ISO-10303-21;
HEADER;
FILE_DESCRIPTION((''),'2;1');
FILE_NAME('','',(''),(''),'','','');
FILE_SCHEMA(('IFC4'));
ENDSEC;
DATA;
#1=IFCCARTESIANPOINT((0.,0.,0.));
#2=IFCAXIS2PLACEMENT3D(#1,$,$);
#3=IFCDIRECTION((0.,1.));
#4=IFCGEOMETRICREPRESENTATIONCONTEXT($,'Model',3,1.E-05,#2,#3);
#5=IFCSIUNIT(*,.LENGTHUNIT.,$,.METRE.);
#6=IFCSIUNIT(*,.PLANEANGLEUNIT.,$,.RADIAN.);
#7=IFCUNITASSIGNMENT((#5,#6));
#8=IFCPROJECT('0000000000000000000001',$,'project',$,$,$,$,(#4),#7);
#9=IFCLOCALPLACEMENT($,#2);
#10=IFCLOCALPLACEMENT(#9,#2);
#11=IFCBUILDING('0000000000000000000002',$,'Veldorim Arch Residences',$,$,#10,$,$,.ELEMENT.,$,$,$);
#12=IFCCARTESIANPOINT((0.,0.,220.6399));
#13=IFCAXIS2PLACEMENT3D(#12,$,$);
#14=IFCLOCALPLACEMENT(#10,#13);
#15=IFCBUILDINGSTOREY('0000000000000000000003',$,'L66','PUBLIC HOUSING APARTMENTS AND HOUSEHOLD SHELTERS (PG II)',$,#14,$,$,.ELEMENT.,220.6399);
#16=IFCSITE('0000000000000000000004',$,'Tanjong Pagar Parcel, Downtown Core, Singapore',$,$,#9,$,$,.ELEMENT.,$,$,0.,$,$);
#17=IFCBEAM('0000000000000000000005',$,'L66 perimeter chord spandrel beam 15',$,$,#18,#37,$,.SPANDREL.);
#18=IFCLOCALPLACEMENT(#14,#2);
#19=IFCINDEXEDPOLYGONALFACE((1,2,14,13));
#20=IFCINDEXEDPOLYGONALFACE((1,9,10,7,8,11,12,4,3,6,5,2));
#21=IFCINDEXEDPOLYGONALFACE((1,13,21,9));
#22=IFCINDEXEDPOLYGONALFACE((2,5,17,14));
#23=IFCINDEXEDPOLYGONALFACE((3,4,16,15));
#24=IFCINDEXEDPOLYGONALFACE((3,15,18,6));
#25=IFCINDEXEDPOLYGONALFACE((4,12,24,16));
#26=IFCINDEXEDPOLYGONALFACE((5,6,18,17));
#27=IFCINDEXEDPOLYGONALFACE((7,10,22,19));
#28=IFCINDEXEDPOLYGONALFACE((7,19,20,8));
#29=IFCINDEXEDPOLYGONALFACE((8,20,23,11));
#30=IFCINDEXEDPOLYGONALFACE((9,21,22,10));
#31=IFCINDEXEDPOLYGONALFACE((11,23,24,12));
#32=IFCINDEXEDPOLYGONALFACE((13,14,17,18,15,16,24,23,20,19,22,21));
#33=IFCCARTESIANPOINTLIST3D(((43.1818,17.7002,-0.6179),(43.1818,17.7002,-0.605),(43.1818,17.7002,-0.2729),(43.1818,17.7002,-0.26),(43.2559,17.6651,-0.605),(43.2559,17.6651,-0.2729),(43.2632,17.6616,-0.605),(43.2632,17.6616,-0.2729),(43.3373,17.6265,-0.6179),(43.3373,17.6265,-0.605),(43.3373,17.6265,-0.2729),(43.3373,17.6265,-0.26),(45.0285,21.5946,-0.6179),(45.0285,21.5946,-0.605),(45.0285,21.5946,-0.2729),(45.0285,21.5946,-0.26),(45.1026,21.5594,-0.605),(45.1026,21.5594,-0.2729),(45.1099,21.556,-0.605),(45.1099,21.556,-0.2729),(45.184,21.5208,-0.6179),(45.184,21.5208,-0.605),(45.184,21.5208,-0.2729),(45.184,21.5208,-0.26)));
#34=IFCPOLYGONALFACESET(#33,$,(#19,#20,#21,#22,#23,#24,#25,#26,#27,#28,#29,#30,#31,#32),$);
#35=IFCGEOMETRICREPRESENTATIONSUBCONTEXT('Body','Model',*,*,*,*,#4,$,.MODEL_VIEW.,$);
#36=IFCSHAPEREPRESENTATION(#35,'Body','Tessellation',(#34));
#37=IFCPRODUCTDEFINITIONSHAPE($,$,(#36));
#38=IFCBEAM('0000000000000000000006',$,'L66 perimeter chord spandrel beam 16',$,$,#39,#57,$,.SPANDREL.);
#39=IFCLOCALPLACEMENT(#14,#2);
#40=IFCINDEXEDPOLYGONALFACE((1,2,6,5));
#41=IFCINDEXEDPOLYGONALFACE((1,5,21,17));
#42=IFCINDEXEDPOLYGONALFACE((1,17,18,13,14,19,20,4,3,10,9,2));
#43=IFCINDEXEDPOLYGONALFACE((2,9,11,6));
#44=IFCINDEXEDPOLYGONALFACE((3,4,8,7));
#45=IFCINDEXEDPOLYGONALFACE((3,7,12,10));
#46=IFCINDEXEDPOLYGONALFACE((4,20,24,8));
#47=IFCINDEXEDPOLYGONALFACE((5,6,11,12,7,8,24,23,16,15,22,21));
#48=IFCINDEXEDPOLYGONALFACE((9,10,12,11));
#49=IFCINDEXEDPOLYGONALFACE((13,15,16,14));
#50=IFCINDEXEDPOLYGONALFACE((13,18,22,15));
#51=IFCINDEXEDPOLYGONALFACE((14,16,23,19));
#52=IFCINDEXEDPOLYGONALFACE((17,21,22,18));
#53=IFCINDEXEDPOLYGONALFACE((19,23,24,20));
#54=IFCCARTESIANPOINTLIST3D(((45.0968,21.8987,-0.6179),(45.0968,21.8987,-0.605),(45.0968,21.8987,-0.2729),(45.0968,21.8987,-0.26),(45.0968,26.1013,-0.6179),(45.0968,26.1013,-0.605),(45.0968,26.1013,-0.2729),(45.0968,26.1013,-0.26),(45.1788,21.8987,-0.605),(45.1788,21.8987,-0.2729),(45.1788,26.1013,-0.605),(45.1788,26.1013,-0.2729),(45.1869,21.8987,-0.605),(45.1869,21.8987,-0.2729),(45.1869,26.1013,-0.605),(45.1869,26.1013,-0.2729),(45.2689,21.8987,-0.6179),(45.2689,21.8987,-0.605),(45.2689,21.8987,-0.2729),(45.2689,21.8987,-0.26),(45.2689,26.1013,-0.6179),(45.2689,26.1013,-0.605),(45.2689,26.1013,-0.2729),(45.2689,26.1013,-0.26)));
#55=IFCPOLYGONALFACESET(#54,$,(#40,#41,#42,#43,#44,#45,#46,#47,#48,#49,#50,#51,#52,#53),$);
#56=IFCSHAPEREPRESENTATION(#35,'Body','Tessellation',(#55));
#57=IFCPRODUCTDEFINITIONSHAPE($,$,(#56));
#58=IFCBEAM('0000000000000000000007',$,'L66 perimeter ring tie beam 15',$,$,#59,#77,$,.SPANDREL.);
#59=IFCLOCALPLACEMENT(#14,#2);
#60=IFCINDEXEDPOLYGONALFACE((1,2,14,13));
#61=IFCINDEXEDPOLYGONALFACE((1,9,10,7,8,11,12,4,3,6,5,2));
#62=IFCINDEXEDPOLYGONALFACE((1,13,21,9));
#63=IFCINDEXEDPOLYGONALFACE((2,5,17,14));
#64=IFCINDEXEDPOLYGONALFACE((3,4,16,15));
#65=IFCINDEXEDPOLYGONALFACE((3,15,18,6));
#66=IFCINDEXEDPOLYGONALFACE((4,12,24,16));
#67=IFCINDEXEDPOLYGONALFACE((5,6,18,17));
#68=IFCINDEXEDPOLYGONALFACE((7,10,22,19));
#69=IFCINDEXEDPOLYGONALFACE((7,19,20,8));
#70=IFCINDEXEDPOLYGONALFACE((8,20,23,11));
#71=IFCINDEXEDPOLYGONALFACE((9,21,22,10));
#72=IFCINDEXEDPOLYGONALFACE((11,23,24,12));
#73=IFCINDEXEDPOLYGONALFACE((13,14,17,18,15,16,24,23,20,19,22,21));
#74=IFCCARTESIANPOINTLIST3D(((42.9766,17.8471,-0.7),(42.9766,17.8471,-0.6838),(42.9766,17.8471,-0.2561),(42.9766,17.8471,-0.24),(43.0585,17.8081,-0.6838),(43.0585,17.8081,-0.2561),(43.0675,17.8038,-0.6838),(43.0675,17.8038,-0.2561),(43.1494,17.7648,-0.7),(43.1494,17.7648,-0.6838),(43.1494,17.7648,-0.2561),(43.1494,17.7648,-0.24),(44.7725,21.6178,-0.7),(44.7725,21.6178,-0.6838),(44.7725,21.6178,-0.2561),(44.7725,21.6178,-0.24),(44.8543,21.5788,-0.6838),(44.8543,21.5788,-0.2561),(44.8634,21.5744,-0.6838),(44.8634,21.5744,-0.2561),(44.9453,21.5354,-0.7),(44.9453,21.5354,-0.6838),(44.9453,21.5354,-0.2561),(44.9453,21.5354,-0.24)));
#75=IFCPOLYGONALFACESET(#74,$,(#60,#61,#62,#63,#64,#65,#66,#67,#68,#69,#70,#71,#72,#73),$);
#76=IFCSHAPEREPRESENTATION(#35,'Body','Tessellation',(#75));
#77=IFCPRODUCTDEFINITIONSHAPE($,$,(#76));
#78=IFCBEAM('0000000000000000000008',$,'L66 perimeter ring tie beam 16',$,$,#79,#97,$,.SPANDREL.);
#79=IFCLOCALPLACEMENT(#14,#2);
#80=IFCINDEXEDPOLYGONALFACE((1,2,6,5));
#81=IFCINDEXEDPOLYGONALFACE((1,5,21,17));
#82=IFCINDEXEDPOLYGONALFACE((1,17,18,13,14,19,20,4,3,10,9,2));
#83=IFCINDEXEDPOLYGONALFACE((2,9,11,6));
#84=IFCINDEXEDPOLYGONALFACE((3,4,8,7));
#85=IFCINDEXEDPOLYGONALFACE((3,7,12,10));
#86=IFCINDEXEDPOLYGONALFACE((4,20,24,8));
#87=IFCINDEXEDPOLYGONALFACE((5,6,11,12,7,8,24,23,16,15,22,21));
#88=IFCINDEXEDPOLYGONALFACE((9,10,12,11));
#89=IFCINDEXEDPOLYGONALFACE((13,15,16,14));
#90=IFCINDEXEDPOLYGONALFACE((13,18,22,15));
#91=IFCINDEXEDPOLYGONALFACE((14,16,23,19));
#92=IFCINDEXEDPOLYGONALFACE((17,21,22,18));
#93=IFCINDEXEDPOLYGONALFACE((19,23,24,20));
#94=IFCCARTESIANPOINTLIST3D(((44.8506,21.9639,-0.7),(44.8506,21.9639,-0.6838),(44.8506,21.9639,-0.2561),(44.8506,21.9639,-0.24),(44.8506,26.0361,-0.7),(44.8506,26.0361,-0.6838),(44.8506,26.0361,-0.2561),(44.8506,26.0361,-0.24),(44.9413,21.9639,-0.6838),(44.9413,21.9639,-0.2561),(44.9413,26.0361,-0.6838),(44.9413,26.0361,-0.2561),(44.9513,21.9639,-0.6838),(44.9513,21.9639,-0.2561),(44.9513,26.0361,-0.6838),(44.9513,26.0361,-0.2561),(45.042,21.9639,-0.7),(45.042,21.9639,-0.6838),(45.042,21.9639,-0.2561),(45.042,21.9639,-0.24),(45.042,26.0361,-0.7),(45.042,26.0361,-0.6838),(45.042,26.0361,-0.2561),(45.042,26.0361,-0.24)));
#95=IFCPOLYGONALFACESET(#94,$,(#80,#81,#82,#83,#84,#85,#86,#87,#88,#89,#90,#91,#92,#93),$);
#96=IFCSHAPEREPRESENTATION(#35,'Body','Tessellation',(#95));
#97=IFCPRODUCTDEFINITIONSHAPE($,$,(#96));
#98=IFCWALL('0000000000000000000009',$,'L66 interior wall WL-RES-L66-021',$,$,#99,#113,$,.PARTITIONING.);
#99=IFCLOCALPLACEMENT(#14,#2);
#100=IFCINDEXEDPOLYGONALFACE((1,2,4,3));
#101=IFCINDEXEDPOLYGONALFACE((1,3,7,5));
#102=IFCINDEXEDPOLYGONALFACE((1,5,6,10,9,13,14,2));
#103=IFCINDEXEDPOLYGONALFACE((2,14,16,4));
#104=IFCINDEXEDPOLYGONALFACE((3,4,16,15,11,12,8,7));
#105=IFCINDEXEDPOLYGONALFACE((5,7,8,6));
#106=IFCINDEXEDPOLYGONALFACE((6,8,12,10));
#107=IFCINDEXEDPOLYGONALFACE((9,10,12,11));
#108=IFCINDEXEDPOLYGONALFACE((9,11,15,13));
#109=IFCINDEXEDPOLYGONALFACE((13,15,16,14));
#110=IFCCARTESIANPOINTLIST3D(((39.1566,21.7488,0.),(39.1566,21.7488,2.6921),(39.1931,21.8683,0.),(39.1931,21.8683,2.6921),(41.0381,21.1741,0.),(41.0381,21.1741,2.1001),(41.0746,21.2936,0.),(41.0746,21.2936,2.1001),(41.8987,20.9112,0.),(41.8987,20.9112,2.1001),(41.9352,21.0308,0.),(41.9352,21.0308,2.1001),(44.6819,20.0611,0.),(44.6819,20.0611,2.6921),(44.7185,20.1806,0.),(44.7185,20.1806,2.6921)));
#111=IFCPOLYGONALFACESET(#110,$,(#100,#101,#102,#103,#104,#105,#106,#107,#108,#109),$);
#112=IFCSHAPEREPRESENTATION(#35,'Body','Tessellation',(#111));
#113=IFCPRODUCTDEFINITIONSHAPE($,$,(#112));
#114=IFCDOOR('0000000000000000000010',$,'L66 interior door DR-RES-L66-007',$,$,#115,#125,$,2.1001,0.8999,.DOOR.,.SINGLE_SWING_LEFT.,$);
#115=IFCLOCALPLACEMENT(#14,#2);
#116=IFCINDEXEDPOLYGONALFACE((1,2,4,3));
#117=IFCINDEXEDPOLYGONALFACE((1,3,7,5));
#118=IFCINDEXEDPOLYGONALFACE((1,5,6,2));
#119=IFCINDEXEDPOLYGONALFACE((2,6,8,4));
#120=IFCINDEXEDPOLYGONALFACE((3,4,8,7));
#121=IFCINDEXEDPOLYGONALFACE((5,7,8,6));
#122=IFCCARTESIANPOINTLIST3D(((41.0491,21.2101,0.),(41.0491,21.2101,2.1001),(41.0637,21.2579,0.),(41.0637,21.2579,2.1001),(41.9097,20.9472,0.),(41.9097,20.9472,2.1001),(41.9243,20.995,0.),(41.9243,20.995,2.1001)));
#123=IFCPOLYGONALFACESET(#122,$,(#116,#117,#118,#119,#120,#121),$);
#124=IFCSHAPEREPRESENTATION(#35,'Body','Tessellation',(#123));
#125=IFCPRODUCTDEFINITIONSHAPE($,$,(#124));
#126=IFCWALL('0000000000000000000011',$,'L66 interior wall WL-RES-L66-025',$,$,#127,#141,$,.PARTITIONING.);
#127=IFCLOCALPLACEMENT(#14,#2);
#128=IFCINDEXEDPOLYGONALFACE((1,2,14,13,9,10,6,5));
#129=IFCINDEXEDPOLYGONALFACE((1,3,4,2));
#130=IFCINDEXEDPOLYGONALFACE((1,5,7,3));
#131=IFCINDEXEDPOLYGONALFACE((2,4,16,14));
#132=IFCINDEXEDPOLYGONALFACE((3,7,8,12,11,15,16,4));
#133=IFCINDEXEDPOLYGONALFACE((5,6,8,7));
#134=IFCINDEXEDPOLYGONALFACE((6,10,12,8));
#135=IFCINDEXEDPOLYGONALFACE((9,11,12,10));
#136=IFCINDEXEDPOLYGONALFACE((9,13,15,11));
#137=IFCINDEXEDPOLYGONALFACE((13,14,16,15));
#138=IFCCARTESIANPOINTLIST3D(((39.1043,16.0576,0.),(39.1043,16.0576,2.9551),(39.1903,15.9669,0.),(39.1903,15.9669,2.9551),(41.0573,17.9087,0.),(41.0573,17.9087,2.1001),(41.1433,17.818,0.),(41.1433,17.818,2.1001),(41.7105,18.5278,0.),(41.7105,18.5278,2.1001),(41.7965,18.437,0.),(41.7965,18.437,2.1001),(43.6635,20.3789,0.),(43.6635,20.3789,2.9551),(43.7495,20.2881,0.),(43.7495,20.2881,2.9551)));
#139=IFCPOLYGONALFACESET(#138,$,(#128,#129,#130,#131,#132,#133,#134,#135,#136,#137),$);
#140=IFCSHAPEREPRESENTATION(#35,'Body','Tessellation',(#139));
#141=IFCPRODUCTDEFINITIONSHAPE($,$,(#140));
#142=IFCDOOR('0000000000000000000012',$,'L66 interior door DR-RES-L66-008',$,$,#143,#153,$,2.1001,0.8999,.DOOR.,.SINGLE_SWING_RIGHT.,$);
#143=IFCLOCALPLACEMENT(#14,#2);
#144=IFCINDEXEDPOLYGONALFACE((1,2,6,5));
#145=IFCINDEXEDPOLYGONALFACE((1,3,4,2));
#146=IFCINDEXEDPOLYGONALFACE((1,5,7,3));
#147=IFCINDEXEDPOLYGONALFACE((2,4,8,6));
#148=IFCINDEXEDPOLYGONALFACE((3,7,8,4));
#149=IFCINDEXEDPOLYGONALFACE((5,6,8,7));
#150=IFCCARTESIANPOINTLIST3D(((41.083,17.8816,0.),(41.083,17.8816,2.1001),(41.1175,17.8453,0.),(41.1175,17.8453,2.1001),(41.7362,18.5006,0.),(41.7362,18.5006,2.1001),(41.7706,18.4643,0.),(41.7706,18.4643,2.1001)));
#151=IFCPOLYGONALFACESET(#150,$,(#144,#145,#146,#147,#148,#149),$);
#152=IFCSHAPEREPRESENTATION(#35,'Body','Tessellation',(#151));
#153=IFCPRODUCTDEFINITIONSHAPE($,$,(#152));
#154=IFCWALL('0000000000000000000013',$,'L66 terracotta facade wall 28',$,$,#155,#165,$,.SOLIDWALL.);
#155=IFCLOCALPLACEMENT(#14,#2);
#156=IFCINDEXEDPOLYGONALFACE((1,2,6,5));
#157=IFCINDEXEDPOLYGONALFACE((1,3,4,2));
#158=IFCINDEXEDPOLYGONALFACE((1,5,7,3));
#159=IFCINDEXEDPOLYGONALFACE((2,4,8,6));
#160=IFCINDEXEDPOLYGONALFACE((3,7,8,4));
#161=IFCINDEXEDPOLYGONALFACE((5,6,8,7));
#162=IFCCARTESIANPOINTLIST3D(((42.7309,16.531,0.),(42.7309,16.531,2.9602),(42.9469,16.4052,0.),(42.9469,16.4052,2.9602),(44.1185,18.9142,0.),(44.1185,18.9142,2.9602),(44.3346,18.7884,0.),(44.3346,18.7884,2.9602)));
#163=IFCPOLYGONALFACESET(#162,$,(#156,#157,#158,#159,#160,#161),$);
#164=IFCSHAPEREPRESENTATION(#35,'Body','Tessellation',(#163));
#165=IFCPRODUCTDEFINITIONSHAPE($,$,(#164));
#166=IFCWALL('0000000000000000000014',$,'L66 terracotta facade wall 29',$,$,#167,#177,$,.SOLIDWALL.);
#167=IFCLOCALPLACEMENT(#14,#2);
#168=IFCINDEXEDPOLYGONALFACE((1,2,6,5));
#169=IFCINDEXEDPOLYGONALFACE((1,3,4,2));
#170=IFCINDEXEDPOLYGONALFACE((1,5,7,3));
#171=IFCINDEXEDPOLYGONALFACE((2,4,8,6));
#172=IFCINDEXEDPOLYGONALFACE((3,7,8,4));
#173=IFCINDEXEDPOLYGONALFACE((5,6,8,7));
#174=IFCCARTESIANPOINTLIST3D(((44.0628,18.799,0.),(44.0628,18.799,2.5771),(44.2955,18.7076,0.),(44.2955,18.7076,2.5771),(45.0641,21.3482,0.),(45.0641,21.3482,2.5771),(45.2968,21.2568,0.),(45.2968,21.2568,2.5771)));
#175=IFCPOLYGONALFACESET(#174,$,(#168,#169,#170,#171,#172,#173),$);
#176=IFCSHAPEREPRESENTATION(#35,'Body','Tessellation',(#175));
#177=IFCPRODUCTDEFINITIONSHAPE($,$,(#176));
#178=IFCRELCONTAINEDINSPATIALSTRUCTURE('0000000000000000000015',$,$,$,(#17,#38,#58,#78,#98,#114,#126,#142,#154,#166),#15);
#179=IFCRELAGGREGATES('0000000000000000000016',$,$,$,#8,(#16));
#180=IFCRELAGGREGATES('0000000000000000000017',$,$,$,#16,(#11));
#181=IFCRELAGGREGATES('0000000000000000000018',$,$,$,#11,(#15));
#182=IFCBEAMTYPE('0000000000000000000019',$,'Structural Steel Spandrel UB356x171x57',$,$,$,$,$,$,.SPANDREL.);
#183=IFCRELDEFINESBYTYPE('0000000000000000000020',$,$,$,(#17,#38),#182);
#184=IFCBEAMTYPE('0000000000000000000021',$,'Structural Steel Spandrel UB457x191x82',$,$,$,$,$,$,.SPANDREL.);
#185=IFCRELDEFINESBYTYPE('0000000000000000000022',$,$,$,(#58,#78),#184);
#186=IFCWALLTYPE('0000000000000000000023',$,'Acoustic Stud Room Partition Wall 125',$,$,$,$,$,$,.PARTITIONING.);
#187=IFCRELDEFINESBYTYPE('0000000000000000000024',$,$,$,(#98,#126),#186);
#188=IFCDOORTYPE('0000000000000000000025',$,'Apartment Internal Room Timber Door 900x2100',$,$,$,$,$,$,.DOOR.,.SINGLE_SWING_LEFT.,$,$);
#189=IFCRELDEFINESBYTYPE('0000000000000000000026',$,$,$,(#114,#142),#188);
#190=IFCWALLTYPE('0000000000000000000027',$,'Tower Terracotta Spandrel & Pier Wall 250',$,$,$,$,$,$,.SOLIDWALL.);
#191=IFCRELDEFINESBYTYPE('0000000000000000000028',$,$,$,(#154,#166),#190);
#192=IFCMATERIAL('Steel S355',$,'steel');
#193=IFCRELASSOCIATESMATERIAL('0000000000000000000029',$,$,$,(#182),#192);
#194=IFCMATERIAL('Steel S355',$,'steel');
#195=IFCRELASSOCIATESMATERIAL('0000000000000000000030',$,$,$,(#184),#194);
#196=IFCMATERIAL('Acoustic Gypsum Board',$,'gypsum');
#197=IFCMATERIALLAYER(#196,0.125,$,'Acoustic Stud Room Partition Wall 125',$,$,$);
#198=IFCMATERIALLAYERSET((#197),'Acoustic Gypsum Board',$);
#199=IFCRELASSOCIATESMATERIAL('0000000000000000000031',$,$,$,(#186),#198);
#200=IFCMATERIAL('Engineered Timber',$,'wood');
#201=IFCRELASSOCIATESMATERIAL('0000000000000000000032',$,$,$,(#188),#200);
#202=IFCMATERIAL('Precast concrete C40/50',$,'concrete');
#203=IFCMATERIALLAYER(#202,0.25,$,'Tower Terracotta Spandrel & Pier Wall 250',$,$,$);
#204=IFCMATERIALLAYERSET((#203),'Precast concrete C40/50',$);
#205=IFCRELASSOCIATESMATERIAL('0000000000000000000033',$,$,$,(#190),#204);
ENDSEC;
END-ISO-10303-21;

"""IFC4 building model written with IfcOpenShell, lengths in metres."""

from ifc_helpers import new_model, si_unit, direction, frame, frame_2d, origin, origin_2d, place, context, subcontext, project, spatial, rectangle, i_section, extrude, material, layer, layer_set, material_profile, profile_set, type_object, element, fill, save


model = new_model("IFC4")

# Units and contexts
model_context = context("Model", 3, precision=1e-05, world=origin(), true_north=direction((0.0, 1.0)))
body_context = subcontext(model_context, "Body", "Model", "MODEL_VIEW")
ifc_project = project(units=[si_unit("LENGTHUNIT", "METRE"), si_unit("PLANEANGLEUNIT", "RADIAN")], contexts=[model_context])

# Site, building, storey
site_placement = place(None, origin())
site = spatial("IfcSite", under=ifc_project, at=site_placement, Name="Tanjong Pagar Parcel, Downtown Core, Singapore", CompositionType="ELEMENT", RefElevation=0.0)
building_placement = place(site_placement, origin())
building = spatial("IfcBuilding", under=site, at=building_placement, Name="Veldorim Arch Residences", CompositionType="ELEMENT")
storey_placement = place(building_placement, frame((0.0, 0.0, 220.6399)))
storey = spatial("IfcBuildingStorey", under=building, at=storey_placement, Name="L66", Description="PUBLIC HOUSING APARTMENTS AND HOUSEHOLD SHELTERS (PG II)", CompositionType="ELEMENT", Elevation=220.6399)

# Beams
ifc_material_1 = material(Name="Steel S355", Category="steel")
ifc_material_profile_1 = material_profile(ifc_material_1, i_section(OverallWidth=0.1721, OverallDepth=0.3579, WebThickness=0.0081, FlangeThickness=0.0129, at=origin_2d()), Name="UB356x171x57")
ifc_profile_set_1 = profile_set([ifc_material_profile_1], Name="Steel S355")
beam_type_1 = type_object("IfcBeamType", Name="Structural Steel Spandrel UB356x171x57", PredefinedType="SPANDREL", material=ifc_profile_set_1)
beam_1_placement = place(storey_placement, frame((43.2595, 17.6633, -0.439), z_axis=(0.428469, 0.903557, 0.0), x_axis=(-0.903557, 0.428469, 0.0)))
element("IfcBeam", 1, at=beam_1_placement, inside=storey, type_object=beam_type_1, Name="L66 perimeter chord spandrel beam 15", PredefinedType="SPANDREL", context=body_context, shape_type="SweptSolid", body=[
    extrude(i_section(OverallWidth=0.1721, OverallDepth=0.3579, WebThickness=0.0081, FlangeThickness=0.0129, at=origin_2d()), origin(), (0.0, 0.0, 1.0), 4.3101),
])
beam_2_placement = place(storey_placement, frame((45.1829, 21.8987, -0.439), z_axis=(0.0, 1.0, 0.0), x_axis=(-1.0, 0.0, 0.0)))
element("IfcBeam", 2, at=beam_2_placement, inside=storey, type_object=beam_type_1, Name="L66 perimeter chord spandrel beam 16", PredefinedType="SPANDREL", context=body_context, shape_type="SweptSolid", body=[
    extrude(i_section(OverallWidth=0.1721, OverallDepth=0.3579, WebThickness=0.0081, FlangeThickness=0.0129, at=origin_2d()), origin(), (0.0, 0.0, 1.0), 4.2026),
])
ifc_material_2 = material(Name="Steel S355", Category="steel")
ifc_material_profile_2 = material_profile(ifc_material_2, i_section(OverallWidth=0.1914, OverallDepth=0.46, WebThickness=0.01, FlangeThickness=0.0161, at=origin_2d()), Name="UB457x191x82")
ifc_profile_set_2 = profile_set([ifc_material_profile_2], Name="Steel S355")
beam_type_2 = type_object("IfcBeamType", Name="Structural Steel Spandrel UB457x191x82", PredefinedType="SPANDREL", material=ifc_profile_set_2)
beam_3_placement = place(storey_placement, frame((43.063, 17.8059, -0.47), z_axis=(0.429993, 0.902832, 0.0), x_axis=(-0.902832, 0.429993, 0.0)))
element("IfcBeam", 3, at=beam_3_placement, inside=storey, type_object=beam_type_2, Name="L66 perimeter ring tie beam 15", PredefinedType="SPANDREL", context=body_context, shape_type="SweptSolid", body=[
    extrude(i_section(OverallWidth=0.1914, OverallDepth=0.46, WebThickness=0.01, FlangeThickness=0.0161, at=origin_2d()), origin(), (0.0, 0.0, 1.0), 4.1765),
])
beam_4_placement = place(storey_placement, frame((44.9463, 21.9639, -0.47), z_axis=(0.0, 1.0, 0.0), x_axis=(-1.0, 0.0, 0.0)))
element("IfcBeam", 4, at=beam_4_placement, inside=storey, type_object=beam_type_2, Name="L66 perimeter ring tie beam 16", PredefinedType="SPANDREL", context=body_context, shape_type="SweptSolid", body=[
    extrude(i_section(OverallWidth=0.1914, OverallDepth=0.46, WebThickness=0.01, FlangeThickness=0.0161, at=origin_2d()), origin(), (0.0, 0.0, 1.0), 4.0723),
])

# Walls, openings, doors
ifc_material_3 = material(Name="Acoustic Gypsum Board", Category="gypsum")
ifc_layer_1 = layer(ifc_material_3, 0.125, Name="Acoustic Stud Room Partition Wall 125")
ifc_layer_set_1 = layer_set([ifc_layer_1], Name="Acoustic Gypsum Board")
wall_type_1 = type_object("IfcWallType", Name="Acoustic Stud Room Partition Wall 125", PredefinedType="PARTITIONING", material=ifc_layer_set_1)
wall_1_placement = place(storey_placement, frame((44.7002, 20.1208, 0.0), z_axis=(0.0, 0.0, 1.0), x_axis=(-0.956379, 0.292128, 0.0)))
wall_1 = element("IfcWall", 5, at=wall_1_placement, inside=storey, type_object=wall_type_1, Name="L66 interior wall WL-RES-L66-021", PredefinedType="PARTITIONING", context=body_context, shape_type="SweptSolid", body=[
    extrude(rectangle(XDim=5.7773, YDim=0.125, at=frame_2d((2.8887, 0.0))), origin(), (0.0, 0.0, 1.0), 2.6921),
])
opening_1_placement = place(wall_1_placement, frame((2.9102, 0.0, 0.0)))
opening_1 = element("IfcOpeningElement", 6, at=opening_1_placement, cuts=wall_1, PredefinedType="OPENING", context=body_context, shape_type="SweptSolid", body=[
    extrude(rectangle(XDim=0.8999, YDim=2.1001, at=frame_2d((0.45, 1.05))), frame((0.0, 0.0725, 0.0), z_axis=(0.0, -1.0, 0.0), x_axis=(1.0, 0.0, 0.0)), (0.0, 0.0, 1.0), 0.145),
])
ifc_material_4 = material(Name="Engineered Timber", Category="wood")
door_type = type_object("IfcDoorType", Name="Apartment Internal Room Timber Door 900x2100", OperationType="SINGLE_SWING_LEFT", PredefinedType="DOOR", material=ifc_material_4)
door_1_placement = place(opening_1_placement, origin())
door_1 = element("IfcDoor", 7, at=door_1_placement, inside=storey, type_object=door_type, Name="L66 interior door DR-RES-L66-007", OperationType="SINGLE_SWING_LEFT", OverallHeight=2.1001, OverallWidth=0.8999, PredefinedType="DOOR", context=body_context, shape_type="SweptSolid", body=[
    extrude(rectangle(XDim=0.8999, YDim=2.1001, at=frame_2d((0.45, 1.05))), frame((0.0, 0.0249, 0.0), z_axis=(0.0, -1.0, 0.0), x_axis=(1.0, 0.0, 0.0)), (0.0, 0.0, 1.0), 0.05),
])
fill(opening_1, door_1)
wall_2_placement = place(storey_placement, frame((43.7065, 20.3335, 0.0), z_axis=(0.0, 0.0, 1.0), x_axis=(-0.725799, -0.687906, 0.0)))
wall_2 = element("IfcWall", 8, at=wall_2_placement, inside=storey, type_object=wall_type_1, Name="L66 interior wall WL-RES-L66-025", PredefinedType="PARTITIONING", context=body_context, shape_type="SweptSolid", body=[
    extrude(rectangle(XDim=6.2817, YDim=0.125, at=frame_2d((3.1409, 0.0))), origin(), (0.0, 0.0, 1.0), 2.9551),
])
opening_2_placement = place(wall_2_placement, frame((2.6909, 0.0, 0.0)))
opening_2 = element("IfcOpeningElement", 9, at=opening_2_placement, cuts=wall_2, PredefinedType="OPENING", context=body_context, shape_type="SweptSolid", body=[
    extrude(rectangle(XDim=0.8999, YDim=2.1001, at=frame_2d((0.45, 1.05))), frame((0.0, 0.0725, 0.0), z_axis=(0.0, -1.0, 0.0), x_axis=(1.0, 0.0, 0.0)), (0.0, 0.0, 1.0), 0.145),
])
door_2_placement = place(opening_2_placement, origin())
door_2 = element("IfcDoor", 10, at=door_2_placement, inside=storey, type_object=door_type, Name="L66 interior door DR-RES-L66-008", OperationType="SINGLE_SWING_RIGHT", OverallHeight=2.1001, OverallWidth=0.8999, PredefinedType="DOOR", context=body_context, shape_type="SweptSolid", body=[
    extrude(rectangle(XDim=0.8999, YDim=2.1001, at=frame_2d((0.45, 1.05))), frame((0.0, 0.0249, 0.0), z_axis=(0.0, -1.0, 0.0), x_axis=(1.0, 0.0, 0.0)), (0.0, 0.0, 1.0), 0.05),
])
fill(opening_2, door_2)

# Walls
ifc_material_5 = material(Name="Precast concrete C40/50", Category="concrete")
ifc_layer_2 = layer(ifc_material_5, 0.25, Name="Tower Terracotta Spandrel & Pier Wall 250")
ifc_layer_set_2 = layer_set([ifc_layer_2], Name="Precast concrete C40/50")
wall_type_2 = type_object("IfcWallType", Name="Tower Terracotta Spandrel & Pier Wall 250", PredefinedType="SOLIDWALL", material=ifc_layer_set_2)
wall_3_placement = place(storey_placement, frame((44.2266, 18.8513, 0.0), z_axis=(0.0, 0.0, 1.0), x_axis=(-0.503177, -0.864183, 0.0)))
element("IfcWall", 11, at=wall_3_placement, inside=storey, type_object=wall_type_2, Name="L66 terracotta facade wall 28", PredefinedType="SOLIDWALL", context=body_context, shape_type="SweptSolid", body=[
    extrude(rectangle(XDim=2.7578, YDim=0.25, at=frame_2d((1.3789, 0.0))), origin(), (0.0, 0.0, 1.0), 2.9602),
])
wall_4_placement = place(storey_placement, frame((45.1804, 21.3025, 0.0), z_axis=(0.0, 0.0, 1.0), x_axis=(-0.365589, -0.930776, 0.0)))
element("IfcWall", 12, at=wall_4_placement, inside=storey, type_object=wall_type_2, Name="L66 terracotta facade wall 29", PredefinedType="SOLIDWALL", context=body_context, shape_type="SweptSolid", body=[
    extrude(rectangle(XDim=2.7388, YDim=0.25, at=frame_2d((1.3694, 0.0))), origin(), (0.0, 0.0, 1.0), 2.5771),
])

save(model, "model.ifc")
